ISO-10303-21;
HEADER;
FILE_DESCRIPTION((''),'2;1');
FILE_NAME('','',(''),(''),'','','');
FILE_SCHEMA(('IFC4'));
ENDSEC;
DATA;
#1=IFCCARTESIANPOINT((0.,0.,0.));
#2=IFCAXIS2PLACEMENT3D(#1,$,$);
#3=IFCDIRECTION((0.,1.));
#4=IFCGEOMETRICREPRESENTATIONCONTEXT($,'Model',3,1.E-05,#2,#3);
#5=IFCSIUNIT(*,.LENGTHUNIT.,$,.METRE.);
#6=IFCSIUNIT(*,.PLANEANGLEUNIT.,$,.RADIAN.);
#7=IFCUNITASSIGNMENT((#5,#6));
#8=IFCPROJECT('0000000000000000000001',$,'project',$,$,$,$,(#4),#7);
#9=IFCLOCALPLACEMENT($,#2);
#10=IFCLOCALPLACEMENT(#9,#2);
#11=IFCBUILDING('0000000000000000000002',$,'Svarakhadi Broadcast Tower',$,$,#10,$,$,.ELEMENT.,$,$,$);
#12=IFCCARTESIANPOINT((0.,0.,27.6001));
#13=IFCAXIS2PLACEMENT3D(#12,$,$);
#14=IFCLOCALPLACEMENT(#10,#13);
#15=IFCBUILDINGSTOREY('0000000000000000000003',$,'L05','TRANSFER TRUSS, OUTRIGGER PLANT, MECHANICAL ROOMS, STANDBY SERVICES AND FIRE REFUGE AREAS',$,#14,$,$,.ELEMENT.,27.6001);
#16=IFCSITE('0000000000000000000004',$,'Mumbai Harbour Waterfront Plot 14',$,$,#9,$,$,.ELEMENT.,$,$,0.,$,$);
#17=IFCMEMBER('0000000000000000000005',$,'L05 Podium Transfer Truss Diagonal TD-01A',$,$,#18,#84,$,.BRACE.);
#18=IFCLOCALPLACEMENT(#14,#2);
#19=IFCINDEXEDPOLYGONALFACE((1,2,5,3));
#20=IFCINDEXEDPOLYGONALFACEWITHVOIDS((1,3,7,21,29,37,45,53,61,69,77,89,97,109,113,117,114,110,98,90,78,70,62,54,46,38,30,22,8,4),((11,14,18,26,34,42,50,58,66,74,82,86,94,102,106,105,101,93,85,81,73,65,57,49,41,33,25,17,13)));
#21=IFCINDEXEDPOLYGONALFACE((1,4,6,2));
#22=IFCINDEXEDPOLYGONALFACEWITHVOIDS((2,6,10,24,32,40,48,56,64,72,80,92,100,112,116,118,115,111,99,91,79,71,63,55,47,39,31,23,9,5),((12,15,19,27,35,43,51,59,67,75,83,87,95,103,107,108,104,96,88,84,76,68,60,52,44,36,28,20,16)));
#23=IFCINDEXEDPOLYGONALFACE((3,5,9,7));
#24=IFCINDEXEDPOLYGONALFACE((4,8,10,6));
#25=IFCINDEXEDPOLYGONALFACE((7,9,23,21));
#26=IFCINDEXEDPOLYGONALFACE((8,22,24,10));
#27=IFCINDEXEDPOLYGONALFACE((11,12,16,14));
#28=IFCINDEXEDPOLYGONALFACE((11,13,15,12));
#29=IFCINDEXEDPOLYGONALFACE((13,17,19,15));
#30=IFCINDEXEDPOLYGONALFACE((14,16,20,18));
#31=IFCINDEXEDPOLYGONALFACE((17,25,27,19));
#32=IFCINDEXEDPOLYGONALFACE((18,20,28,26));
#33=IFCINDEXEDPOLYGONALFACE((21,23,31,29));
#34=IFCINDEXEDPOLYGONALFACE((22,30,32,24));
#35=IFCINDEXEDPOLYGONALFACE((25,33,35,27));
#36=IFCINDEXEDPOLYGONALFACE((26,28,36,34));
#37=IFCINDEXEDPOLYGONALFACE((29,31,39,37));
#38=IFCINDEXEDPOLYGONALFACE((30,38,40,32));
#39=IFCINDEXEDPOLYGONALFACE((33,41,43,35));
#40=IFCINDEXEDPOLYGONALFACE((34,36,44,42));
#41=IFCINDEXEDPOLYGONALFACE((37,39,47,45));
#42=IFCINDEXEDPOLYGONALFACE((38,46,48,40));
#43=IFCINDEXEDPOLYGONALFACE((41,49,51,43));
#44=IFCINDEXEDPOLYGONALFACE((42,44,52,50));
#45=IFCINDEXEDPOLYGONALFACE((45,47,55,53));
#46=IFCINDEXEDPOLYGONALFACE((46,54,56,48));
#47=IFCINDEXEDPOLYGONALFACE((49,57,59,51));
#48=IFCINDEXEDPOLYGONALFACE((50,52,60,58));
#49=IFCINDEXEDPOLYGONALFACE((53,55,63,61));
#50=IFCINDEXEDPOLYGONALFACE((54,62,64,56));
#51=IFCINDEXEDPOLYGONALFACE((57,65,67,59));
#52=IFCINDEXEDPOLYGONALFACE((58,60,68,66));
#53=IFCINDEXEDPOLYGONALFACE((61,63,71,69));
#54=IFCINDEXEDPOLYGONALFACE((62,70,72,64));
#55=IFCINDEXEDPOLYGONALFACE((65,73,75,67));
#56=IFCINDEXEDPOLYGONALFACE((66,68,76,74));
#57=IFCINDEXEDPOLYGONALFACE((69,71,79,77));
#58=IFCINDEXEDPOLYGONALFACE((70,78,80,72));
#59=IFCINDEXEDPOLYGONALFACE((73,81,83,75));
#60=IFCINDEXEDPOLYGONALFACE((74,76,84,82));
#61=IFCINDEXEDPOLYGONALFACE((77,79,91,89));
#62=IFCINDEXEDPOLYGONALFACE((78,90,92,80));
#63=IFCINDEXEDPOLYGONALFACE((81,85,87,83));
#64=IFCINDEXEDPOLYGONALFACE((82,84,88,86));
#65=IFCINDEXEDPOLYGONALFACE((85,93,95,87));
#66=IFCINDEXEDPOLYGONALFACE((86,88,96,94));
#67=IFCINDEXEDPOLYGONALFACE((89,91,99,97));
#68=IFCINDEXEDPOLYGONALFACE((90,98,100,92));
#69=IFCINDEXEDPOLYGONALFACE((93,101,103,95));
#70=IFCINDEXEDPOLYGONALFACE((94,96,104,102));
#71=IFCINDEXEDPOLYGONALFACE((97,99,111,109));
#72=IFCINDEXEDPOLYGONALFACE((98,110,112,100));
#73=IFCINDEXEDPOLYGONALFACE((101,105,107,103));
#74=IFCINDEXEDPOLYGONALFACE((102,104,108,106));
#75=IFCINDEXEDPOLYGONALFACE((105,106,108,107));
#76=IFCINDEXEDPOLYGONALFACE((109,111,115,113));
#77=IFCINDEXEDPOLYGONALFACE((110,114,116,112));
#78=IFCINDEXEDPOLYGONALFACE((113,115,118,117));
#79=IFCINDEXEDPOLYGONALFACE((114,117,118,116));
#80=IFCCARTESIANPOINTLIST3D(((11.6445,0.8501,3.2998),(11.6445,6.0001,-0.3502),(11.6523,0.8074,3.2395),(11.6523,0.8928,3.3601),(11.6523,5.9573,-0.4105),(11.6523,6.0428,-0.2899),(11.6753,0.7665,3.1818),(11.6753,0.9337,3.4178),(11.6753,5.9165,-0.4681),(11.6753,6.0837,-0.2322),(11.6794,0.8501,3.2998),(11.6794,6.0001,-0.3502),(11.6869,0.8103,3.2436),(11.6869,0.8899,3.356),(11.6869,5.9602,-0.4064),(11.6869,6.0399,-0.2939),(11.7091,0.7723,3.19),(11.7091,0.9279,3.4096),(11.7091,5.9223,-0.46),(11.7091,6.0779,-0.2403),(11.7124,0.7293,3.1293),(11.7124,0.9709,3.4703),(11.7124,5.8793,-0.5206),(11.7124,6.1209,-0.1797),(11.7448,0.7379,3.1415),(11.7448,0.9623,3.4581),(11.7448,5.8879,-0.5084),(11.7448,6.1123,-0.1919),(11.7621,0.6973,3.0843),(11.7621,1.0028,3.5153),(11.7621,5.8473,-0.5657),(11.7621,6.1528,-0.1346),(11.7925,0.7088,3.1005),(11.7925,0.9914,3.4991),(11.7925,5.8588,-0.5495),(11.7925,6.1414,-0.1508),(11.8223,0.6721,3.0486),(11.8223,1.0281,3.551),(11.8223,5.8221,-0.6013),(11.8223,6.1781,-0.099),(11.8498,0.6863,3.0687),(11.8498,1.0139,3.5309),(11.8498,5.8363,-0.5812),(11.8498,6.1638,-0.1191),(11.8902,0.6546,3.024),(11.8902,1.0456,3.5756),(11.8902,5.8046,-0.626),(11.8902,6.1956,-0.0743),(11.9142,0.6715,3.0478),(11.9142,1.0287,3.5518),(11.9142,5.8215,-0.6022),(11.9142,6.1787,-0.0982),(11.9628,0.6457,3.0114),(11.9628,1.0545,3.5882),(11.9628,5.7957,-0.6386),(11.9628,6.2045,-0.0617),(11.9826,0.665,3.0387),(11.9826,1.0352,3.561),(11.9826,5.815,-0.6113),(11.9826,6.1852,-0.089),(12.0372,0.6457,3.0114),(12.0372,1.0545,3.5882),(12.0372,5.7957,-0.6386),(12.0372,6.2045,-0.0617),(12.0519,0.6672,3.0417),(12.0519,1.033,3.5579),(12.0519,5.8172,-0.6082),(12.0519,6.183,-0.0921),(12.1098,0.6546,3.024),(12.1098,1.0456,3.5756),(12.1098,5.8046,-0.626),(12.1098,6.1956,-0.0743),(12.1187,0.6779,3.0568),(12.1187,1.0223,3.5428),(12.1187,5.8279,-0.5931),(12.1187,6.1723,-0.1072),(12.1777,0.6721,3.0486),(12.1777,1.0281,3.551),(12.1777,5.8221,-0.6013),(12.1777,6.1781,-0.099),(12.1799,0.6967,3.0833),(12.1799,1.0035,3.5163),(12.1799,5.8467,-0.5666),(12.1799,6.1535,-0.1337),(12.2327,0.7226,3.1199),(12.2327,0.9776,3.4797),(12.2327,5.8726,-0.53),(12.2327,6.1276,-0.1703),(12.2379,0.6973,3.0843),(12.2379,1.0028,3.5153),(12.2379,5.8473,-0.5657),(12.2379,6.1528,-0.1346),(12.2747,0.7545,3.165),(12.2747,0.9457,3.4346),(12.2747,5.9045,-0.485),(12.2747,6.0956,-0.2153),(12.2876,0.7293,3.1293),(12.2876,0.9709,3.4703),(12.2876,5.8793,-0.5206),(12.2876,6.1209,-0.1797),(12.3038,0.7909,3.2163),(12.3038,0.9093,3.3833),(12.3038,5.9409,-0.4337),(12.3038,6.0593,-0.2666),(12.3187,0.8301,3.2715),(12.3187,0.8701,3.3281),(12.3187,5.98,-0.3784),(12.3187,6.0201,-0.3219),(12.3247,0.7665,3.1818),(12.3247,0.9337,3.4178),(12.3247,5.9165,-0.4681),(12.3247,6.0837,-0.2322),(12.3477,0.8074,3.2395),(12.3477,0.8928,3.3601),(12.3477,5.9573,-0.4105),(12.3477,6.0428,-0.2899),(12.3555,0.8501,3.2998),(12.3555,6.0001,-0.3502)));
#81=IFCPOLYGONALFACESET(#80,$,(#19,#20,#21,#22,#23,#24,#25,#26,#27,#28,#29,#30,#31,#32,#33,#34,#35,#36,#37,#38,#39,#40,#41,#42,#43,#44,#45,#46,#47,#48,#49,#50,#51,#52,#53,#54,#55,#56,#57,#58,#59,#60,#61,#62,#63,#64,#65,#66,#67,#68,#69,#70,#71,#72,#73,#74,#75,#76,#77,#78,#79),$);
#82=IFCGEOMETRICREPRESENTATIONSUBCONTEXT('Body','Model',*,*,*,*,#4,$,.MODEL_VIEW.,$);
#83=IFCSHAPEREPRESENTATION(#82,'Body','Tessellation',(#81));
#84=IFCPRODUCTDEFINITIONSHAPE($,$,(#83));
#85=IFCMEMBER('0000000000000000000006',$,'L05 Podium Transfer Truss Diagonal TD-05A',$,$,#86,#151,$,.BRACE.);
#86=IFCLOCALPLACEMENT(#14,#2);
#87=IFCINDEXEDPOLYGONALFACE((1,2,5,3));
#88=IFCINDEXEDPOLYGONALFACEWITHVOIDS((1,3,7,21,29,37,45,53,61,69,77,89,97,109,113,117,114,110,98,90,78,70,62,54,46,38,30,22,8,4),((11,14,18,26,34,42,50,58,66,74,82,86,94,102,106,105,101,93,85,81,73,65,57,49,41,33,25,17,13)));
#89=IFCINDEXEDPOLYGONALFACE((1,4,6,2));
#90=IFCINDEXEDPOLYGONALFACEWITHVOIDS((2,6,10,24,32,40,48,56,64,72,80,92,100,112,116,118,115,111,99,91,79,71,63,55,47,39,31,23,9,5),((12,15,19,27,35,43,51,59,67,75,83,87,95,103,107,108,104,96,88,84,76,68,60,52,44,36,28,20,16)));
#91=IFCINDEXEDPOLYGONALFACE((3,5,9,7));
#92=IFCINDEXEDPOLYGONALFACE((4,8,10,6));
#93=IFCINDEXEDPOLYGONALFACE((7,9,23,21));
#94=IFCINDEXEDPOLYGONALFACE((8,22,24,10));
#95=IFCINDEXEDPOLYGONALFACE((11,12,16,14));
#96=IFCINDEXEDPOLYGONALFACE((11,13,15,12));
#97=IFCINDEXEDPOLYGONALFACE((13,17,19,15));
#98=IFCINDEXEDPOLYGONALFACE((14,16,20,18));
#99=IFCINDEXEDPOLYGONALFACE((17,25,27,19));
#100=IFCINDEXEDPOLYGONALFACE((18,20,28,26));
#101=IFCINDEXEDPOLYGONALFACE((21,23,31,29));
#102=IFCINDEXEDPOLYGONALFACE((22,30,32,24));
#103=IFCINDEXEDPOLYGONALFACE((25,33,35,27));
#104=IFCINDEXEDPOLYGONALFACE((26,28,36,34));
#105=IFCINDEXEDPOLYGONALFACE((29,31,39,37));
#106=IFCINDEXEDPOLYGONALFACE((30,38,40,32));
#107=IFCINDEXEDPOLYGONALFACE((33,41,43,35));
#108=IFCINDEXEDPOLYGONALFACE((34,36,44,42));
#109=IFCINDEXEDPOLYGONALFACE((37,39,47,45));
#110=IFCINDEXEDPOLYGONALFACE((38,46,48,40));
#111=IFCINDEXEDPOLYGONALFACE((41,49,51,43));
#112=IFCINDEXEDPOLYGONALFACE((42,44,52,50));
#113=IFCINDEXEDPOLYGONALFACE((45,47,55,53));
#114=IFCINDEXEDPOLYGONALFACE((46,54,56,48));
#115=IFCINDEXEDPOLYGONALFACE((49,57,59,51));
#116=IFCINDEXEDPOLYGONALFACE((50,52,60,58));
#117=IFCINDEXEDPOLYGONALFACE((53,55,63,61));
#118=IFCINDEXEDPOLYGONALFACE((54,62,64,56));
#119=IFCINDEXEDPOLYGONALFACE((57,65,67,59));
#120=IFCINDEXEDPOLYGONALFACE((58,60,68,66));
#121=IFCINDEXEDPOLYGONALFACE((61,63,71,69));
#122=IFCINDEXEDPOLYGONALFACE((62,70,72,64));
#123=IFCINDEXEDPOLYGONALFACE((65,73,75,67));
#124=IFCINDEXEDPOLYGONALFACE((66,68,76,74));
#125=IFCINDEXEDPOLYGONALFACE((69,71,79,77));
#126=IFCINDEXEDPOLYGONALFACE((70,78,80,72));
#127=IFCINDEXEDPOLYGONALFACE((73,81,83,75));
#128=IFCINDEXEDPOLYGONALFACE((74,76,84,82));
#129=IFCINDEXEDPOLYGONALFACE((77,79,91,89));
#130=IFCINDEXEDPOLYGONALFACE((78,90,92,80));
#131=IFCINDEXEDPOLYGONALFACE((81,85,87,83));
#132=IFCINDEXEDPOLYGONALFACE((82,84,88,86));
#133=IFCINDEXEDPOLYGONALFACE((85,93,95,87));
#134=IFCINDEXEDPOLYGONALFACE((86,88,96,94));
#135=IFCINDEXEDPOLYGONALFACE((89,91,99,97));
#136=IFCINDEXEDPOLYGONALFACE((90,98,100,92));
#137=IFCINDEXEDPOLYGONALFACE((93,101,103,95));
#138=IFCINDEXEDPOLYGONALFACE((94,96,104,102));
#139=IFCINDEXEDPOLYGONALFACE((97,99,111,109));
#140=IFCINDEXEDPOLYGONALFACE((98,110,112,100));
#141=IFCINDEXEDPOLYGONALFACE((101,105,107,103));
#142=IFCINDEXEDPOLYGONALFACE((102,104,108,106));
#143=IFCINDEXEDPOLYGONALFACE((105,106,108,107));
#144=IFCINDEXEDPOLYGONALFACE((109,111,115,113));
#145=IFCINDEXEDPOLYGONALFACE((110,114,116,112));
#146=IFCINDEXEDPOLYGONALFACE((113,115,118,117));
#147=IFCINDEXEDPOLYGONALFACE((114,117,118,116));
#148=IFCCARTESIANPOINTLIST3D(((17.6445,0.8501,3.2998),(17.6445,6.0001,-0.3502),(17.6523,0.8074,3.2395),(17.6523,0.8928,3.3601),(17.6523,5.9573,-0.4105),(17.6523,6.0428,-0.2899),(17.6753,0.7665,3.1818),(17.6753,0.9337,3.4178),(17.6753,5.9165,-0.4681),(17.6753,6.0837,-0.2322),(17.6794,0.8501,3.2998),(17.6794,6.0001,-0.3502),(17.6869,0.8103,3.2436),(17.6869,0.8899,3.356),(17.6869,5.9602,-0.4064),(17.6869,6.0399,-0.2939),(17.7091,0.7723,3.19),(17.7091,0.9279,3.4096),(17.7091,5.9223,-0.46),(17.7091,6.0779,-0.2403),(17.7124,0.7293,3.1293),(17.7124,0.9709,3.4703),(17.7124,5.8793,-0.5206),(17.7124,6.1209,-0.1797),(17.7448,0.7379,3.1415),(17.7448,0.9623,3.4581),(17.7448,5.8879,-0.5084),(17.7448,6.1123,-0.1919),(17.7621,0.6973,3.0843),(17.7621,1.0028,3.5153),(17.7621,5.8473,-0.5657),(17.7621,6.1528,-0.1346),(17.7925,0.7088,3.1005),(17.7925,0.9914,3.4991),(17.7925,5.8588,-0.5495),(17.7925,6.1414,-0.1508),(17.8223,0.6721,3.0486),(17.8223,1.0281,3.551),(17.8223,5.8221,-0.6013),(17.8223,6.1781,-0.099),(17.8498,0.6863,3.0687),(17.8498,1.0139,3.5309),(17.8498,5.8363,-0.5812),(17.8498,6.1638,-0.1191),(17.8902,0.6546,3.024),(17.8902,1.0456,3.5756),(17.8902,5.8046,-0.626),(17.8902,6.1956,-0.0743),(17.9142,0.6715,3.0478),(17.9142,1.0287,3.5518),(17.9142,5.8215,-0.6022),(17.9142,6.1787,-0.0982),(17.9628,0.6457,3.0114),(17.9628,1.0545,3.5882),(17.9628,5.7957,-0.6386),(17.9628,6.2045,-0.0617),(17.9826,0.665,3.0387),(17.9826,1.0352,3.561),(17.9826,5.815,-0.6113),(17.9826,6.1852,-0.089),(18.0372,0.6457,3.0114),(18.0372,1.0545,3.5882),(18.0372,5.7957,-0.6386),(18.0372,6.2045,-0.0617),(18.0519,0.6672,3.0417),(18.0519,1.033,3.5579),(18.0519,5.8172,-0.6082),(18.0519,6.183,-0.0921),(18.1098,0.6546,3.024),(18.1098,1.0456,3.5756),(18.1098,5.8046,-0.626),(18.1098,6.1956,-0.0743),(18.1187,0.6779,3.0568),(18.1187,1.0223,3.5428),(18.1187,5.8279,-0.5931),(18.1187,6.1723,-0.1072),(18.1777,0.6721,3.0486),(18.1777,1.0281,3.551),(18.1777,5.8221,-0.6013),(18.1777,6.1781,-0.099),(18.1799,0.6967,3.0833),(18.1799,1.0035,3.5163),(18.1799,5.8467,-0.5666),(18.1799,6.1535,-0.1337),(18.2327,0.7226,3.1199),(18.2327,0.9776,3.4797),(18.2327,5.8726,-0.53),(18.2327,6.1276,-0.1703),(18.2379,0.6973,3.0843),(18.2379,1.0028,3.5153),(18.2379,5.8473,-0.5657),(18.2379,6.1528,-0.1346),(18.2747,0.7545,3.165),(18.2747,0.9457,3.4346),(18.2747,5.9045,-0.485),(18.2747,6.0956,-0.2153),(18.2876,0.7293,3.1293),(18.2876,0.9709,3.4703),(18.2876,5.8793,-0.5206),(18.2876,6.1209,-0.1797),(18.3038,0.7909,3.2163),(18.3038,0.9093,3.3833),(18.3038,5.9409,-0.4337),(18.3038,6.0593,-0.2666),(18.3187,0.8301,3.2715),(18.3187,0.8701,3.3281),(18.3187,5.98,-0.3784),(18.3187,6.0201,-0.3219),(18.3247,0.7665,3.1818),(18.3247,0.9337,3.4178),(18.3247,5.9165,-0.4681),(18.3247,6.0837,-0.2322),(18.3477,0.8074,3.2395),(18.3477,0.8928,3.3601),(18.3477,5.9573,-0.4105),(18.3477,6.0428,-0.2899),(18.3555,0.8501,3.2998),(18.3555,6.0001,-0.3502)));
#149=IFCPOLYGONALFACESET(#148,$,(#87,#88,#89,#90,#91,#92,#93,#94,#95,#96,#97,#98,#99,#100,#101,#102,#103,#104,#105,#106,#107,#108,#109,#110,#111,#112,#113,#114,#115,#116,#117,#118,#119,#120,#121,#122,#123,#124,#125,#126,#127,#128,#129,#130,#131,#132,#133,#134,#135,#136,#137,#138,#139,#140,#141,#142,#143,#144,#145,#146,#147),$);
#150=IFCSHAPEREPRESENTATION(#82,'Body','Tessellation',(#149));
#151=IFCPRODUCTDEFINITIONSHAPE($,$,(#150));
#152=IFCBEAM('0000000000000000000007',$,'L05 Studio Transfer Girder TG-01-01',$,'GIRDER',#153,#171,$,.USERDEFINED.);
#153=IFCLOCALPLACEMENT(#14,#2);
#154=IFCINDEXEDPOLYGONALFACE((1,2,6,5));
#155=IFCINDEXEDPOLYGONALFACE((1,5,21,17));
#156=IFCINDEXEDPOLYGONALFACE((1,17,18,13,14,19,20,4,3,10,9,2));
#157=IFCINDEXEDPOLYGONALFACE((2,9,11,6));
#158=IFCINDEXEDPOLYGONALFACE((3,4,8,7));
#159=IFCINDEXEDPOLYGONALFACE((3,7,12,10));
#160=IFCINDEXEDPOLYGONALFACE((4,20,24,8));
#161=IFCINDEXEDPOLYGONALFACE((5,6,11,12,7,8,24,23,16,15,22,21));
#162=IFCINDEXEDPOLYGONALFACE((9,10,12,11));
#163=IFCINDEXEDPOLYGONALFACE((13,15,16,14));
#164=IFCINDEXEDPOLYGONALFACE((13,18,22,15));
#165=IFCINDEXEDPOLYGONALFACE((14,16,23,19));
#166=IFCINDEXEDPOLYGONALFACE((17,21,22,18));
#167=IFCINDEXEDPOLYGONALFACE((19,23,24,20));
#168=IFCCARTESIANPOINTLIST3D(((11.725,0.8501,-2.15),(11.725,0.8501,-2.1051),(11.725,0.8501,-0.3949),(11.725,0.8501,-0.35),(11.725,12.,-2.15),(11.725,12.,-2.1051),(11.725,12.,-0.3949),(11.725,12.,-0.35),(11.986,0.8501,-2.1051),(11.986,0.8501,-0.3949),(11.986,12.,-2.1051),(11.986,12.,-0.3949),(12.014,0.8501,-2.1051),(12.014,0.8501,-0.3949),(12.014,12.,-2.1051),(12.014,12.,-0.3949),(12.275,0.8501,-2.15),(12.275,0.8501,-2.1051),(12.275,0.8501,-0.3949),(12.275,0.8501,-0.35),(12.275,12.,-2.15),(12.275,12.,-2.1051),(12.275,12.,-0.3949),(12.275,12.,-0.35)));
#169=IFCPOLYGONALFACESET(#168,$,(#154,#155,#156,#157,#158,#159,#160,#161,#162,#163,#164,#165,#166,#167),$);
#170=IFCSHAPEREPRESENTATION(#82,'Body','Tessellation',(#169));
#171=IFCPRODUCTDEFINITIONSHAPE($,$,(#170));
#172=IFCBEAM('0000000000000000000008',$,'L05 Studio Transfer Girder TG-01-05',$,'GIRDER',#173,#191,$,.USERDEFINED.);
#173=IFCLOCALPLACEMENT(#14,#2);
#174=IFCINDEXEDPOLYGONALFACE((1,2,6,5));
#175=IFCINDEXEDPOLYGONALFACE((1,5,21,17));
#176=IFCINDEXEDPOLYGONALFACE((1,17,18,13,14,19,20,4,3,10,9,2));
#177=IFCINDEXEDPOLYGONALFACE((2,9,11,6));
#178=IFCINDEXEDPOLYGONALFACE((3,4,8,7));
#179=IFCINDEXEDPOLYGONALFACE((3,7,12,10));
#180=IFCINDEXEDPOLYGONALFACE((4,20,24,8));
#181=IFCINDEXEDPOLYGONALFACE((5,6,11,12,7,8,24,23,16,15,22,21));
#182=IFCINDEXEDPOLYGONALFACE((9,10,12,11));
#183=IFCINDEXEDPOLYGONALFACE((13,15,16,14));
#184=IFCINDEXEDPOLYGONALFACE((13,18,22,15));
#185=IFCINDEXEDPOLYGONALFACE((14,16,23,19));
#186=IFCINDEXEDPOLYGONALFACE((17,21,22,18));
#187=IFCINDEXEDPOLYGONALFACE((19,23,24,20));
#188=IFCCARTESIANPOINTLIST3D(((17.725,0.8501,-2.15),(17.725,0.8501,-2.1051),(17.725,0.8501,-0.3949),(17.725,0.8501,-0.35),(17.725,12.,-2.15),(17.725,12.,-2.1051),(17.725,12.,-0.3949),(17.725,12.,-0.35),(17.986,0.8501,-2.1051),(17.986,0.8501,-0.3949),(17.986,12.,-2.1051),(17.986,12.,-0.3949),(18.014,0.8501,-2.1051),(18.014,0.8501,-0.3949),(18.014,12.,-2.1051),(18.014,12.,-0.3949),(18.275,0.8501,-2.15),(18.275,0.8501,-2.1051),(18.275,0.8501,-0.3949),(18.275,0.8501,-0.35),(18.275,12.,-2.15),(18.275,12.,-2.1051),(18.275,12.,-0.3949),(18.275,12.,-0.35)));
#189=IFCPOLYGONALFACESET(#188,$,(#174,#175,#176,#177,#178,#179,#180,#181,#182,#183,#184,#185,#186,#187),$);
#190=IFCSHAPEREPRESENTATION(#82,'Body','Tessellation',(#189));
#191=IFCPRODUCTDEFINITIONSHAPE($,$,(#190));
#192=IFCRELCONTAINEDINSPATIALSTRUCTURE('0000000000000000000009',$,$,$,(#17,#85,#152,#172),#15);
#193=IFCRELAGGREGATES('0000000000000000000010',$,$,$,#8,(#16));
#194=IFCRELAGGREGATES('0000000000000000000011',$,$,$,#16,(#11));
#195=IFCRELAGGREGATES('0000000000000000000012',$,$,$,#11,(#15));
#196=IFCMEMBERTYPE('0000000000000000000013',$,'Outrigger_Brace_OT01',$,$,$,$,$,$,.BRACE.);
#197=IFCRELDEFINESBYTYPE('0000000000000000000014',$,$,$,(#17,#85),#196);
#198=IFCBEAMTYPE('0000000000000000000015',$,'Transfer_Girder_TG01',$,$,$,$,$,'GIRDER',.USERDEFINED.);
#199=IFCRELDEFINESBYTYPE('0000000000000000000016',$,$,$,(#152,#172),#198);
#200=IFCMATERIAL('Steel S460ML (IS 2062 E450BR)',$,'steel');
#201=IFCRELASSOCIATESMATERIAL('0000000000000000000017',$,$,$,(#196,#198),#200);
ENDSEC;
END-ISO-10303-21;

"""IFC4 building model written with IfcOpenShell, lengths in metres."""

from ifc_helpers import new_model, si_unit, direction, frame, origin, origin_2d, place, context, subcontext, project, spatial, hollow_circle, i_section, extrude, material, material_profile, profile_set, type_object, element, save


model = new_model("IFC4")

# Units and contexts
model_context = context("Model", 3, precision=1e-05, world=origin(), true_north=direction((0.0, 1.0)))
body_context = subcontext(model_context, "Body", "Model", "MODEL_VIEW")
ifc_project = project(units=[si_unit("LENGTHUNIT", "METRE"), si_unit("PLANEANGLEUNIT", "RADIAN")], contexts=[model_context])

# Site, building, storey
site_placement = place(None, origin())
site = spatial("IfcSite", under=ifc_project, at=site_placement, Name="Mumbai Harbour Waterfront Plot 14", CompositionType="ELEMENT", RefElevation=0.0)
building_placement = place(site_placement, origin())
building = spatial("IfcBuilding", under=site, at=building_placement, Name="Svarakhadi Broadcast Tower", CompositionType="ELEMENT")
storey_placement = place(building_placement, frame((0.0, 0.0, 27.6001)))
storey = spatial("IfcBuildingStorey", under=building, at=storey_placement, Name="L05", Description="TRANSFER TRUSS, OUTRIGGER PLANT, MECHANICAL ROOMS, STANDBY SERVICES AND FIRE REFUGE AREAS", CompositionType="ELEMENT", Elevation=27.6001)

# Shared definitions
ifc_material_1 = material(Name="Steel S460ML (IS 2062 E450BR)", Category="steel")

# Members
ifc_material_profile_1 = material_profile(ifc_material_1, hollow_circle(Radius=0.3555, WallThickness=0.0349, at=origin_2d()), Name="CHS 711x35")
ifc_profile_set_1 = profile_set([ifc_material_profile_1], Name="Steel S460ML (IS 2062 E450BR)")
member_type_1 = type_object("IfcMemberType", Name="Outrigger_Brace_OT01", PredefinedType="BRACE", material=ifc_profile_set_1)
for number, where, z_axis, x_axis, name in (
    (1, (12.0, 0.8501, 3.2998), (0.0, 0.815871, -0.578234), (-1.0, 0.0, 0.0), "L05 Podium Transfer Truss Diagonal TD-01A"),
    (2, (18.0, 0.8501, 3.2998), (0.0, 0.815871, -0.578234), (-1.0, 0.0, 0.0), "L05 Podium Transfer Truss Diagonal TD-05A"),
):
    element("IfcMember", number, at=place(storey_placement, frame(where, z_axis=z_axis, x_axis=x_axis)), inside=storey, type_object=member_type_1, Name=name, PredefinedType="BRACE", context=body_context, shape_type="SweptSolid", body=[
        extrude(hollow_circle(Radius=0.3555, WallThickness=0.0349, at=origin_2d()), origin(), (0.0, 0.0, 1.0), 6.3123),
    ])

# Beams
ifc_material_profile_2 = material_profile(ifc_material_1, i_section(OverallWidth=0.55, OverallDepth=1.8, WebThickness=0.0281, FlangeThickness=0.0449, at=origin_2d()), Name="PG 1800x550x45")
ifc_profile_set_2 = profile_set([ifc_material_profile_2], Name="Steel S460ML (IS 2062 E450BR)")
beam_type_1 = type_object("IfcBeamType", Name="Transfer_Girder_TG01", ElementType="GIRDER", PredefinedType="USERDEFINED", material=ifc_profile_set_2)
for number, where, z_axis, x_axis, name in (
    (3, (12.0, 0.8501, -1.25), (0.0, 1.0, 0.0), (-1.0, 0.0, 0.0), "L05 Studio Transfer Girder TG-01-01"),
    (4, (18.0, 0.8501, -1.25), (0.0, 1.0, 0.0), (-1.0, 0.0, 0.0), "L05 Studio Transfer Girder TG-01-05"),
):
    element("IfcBeam", number, at=place(storey_placement, frame(where, z_axis=z_axis, x_axis=x_axis)), inside=storey, type_object=beam_type_1, Name=name, ObjectType="GIRDER", PredefinedType="USERDEFINED", context=body_context, shape_type="SweptSolid", body=[
        extrude(i_section(OverallWidth=0.55, OverallDepth=1.8, WebThickness=0.0281, FlangeThickness=0.0449, at=origin_2d()), origin(), (0.0, 0.0, 1.0), 11.1499),
    ])

save(model, "model.ifc")
